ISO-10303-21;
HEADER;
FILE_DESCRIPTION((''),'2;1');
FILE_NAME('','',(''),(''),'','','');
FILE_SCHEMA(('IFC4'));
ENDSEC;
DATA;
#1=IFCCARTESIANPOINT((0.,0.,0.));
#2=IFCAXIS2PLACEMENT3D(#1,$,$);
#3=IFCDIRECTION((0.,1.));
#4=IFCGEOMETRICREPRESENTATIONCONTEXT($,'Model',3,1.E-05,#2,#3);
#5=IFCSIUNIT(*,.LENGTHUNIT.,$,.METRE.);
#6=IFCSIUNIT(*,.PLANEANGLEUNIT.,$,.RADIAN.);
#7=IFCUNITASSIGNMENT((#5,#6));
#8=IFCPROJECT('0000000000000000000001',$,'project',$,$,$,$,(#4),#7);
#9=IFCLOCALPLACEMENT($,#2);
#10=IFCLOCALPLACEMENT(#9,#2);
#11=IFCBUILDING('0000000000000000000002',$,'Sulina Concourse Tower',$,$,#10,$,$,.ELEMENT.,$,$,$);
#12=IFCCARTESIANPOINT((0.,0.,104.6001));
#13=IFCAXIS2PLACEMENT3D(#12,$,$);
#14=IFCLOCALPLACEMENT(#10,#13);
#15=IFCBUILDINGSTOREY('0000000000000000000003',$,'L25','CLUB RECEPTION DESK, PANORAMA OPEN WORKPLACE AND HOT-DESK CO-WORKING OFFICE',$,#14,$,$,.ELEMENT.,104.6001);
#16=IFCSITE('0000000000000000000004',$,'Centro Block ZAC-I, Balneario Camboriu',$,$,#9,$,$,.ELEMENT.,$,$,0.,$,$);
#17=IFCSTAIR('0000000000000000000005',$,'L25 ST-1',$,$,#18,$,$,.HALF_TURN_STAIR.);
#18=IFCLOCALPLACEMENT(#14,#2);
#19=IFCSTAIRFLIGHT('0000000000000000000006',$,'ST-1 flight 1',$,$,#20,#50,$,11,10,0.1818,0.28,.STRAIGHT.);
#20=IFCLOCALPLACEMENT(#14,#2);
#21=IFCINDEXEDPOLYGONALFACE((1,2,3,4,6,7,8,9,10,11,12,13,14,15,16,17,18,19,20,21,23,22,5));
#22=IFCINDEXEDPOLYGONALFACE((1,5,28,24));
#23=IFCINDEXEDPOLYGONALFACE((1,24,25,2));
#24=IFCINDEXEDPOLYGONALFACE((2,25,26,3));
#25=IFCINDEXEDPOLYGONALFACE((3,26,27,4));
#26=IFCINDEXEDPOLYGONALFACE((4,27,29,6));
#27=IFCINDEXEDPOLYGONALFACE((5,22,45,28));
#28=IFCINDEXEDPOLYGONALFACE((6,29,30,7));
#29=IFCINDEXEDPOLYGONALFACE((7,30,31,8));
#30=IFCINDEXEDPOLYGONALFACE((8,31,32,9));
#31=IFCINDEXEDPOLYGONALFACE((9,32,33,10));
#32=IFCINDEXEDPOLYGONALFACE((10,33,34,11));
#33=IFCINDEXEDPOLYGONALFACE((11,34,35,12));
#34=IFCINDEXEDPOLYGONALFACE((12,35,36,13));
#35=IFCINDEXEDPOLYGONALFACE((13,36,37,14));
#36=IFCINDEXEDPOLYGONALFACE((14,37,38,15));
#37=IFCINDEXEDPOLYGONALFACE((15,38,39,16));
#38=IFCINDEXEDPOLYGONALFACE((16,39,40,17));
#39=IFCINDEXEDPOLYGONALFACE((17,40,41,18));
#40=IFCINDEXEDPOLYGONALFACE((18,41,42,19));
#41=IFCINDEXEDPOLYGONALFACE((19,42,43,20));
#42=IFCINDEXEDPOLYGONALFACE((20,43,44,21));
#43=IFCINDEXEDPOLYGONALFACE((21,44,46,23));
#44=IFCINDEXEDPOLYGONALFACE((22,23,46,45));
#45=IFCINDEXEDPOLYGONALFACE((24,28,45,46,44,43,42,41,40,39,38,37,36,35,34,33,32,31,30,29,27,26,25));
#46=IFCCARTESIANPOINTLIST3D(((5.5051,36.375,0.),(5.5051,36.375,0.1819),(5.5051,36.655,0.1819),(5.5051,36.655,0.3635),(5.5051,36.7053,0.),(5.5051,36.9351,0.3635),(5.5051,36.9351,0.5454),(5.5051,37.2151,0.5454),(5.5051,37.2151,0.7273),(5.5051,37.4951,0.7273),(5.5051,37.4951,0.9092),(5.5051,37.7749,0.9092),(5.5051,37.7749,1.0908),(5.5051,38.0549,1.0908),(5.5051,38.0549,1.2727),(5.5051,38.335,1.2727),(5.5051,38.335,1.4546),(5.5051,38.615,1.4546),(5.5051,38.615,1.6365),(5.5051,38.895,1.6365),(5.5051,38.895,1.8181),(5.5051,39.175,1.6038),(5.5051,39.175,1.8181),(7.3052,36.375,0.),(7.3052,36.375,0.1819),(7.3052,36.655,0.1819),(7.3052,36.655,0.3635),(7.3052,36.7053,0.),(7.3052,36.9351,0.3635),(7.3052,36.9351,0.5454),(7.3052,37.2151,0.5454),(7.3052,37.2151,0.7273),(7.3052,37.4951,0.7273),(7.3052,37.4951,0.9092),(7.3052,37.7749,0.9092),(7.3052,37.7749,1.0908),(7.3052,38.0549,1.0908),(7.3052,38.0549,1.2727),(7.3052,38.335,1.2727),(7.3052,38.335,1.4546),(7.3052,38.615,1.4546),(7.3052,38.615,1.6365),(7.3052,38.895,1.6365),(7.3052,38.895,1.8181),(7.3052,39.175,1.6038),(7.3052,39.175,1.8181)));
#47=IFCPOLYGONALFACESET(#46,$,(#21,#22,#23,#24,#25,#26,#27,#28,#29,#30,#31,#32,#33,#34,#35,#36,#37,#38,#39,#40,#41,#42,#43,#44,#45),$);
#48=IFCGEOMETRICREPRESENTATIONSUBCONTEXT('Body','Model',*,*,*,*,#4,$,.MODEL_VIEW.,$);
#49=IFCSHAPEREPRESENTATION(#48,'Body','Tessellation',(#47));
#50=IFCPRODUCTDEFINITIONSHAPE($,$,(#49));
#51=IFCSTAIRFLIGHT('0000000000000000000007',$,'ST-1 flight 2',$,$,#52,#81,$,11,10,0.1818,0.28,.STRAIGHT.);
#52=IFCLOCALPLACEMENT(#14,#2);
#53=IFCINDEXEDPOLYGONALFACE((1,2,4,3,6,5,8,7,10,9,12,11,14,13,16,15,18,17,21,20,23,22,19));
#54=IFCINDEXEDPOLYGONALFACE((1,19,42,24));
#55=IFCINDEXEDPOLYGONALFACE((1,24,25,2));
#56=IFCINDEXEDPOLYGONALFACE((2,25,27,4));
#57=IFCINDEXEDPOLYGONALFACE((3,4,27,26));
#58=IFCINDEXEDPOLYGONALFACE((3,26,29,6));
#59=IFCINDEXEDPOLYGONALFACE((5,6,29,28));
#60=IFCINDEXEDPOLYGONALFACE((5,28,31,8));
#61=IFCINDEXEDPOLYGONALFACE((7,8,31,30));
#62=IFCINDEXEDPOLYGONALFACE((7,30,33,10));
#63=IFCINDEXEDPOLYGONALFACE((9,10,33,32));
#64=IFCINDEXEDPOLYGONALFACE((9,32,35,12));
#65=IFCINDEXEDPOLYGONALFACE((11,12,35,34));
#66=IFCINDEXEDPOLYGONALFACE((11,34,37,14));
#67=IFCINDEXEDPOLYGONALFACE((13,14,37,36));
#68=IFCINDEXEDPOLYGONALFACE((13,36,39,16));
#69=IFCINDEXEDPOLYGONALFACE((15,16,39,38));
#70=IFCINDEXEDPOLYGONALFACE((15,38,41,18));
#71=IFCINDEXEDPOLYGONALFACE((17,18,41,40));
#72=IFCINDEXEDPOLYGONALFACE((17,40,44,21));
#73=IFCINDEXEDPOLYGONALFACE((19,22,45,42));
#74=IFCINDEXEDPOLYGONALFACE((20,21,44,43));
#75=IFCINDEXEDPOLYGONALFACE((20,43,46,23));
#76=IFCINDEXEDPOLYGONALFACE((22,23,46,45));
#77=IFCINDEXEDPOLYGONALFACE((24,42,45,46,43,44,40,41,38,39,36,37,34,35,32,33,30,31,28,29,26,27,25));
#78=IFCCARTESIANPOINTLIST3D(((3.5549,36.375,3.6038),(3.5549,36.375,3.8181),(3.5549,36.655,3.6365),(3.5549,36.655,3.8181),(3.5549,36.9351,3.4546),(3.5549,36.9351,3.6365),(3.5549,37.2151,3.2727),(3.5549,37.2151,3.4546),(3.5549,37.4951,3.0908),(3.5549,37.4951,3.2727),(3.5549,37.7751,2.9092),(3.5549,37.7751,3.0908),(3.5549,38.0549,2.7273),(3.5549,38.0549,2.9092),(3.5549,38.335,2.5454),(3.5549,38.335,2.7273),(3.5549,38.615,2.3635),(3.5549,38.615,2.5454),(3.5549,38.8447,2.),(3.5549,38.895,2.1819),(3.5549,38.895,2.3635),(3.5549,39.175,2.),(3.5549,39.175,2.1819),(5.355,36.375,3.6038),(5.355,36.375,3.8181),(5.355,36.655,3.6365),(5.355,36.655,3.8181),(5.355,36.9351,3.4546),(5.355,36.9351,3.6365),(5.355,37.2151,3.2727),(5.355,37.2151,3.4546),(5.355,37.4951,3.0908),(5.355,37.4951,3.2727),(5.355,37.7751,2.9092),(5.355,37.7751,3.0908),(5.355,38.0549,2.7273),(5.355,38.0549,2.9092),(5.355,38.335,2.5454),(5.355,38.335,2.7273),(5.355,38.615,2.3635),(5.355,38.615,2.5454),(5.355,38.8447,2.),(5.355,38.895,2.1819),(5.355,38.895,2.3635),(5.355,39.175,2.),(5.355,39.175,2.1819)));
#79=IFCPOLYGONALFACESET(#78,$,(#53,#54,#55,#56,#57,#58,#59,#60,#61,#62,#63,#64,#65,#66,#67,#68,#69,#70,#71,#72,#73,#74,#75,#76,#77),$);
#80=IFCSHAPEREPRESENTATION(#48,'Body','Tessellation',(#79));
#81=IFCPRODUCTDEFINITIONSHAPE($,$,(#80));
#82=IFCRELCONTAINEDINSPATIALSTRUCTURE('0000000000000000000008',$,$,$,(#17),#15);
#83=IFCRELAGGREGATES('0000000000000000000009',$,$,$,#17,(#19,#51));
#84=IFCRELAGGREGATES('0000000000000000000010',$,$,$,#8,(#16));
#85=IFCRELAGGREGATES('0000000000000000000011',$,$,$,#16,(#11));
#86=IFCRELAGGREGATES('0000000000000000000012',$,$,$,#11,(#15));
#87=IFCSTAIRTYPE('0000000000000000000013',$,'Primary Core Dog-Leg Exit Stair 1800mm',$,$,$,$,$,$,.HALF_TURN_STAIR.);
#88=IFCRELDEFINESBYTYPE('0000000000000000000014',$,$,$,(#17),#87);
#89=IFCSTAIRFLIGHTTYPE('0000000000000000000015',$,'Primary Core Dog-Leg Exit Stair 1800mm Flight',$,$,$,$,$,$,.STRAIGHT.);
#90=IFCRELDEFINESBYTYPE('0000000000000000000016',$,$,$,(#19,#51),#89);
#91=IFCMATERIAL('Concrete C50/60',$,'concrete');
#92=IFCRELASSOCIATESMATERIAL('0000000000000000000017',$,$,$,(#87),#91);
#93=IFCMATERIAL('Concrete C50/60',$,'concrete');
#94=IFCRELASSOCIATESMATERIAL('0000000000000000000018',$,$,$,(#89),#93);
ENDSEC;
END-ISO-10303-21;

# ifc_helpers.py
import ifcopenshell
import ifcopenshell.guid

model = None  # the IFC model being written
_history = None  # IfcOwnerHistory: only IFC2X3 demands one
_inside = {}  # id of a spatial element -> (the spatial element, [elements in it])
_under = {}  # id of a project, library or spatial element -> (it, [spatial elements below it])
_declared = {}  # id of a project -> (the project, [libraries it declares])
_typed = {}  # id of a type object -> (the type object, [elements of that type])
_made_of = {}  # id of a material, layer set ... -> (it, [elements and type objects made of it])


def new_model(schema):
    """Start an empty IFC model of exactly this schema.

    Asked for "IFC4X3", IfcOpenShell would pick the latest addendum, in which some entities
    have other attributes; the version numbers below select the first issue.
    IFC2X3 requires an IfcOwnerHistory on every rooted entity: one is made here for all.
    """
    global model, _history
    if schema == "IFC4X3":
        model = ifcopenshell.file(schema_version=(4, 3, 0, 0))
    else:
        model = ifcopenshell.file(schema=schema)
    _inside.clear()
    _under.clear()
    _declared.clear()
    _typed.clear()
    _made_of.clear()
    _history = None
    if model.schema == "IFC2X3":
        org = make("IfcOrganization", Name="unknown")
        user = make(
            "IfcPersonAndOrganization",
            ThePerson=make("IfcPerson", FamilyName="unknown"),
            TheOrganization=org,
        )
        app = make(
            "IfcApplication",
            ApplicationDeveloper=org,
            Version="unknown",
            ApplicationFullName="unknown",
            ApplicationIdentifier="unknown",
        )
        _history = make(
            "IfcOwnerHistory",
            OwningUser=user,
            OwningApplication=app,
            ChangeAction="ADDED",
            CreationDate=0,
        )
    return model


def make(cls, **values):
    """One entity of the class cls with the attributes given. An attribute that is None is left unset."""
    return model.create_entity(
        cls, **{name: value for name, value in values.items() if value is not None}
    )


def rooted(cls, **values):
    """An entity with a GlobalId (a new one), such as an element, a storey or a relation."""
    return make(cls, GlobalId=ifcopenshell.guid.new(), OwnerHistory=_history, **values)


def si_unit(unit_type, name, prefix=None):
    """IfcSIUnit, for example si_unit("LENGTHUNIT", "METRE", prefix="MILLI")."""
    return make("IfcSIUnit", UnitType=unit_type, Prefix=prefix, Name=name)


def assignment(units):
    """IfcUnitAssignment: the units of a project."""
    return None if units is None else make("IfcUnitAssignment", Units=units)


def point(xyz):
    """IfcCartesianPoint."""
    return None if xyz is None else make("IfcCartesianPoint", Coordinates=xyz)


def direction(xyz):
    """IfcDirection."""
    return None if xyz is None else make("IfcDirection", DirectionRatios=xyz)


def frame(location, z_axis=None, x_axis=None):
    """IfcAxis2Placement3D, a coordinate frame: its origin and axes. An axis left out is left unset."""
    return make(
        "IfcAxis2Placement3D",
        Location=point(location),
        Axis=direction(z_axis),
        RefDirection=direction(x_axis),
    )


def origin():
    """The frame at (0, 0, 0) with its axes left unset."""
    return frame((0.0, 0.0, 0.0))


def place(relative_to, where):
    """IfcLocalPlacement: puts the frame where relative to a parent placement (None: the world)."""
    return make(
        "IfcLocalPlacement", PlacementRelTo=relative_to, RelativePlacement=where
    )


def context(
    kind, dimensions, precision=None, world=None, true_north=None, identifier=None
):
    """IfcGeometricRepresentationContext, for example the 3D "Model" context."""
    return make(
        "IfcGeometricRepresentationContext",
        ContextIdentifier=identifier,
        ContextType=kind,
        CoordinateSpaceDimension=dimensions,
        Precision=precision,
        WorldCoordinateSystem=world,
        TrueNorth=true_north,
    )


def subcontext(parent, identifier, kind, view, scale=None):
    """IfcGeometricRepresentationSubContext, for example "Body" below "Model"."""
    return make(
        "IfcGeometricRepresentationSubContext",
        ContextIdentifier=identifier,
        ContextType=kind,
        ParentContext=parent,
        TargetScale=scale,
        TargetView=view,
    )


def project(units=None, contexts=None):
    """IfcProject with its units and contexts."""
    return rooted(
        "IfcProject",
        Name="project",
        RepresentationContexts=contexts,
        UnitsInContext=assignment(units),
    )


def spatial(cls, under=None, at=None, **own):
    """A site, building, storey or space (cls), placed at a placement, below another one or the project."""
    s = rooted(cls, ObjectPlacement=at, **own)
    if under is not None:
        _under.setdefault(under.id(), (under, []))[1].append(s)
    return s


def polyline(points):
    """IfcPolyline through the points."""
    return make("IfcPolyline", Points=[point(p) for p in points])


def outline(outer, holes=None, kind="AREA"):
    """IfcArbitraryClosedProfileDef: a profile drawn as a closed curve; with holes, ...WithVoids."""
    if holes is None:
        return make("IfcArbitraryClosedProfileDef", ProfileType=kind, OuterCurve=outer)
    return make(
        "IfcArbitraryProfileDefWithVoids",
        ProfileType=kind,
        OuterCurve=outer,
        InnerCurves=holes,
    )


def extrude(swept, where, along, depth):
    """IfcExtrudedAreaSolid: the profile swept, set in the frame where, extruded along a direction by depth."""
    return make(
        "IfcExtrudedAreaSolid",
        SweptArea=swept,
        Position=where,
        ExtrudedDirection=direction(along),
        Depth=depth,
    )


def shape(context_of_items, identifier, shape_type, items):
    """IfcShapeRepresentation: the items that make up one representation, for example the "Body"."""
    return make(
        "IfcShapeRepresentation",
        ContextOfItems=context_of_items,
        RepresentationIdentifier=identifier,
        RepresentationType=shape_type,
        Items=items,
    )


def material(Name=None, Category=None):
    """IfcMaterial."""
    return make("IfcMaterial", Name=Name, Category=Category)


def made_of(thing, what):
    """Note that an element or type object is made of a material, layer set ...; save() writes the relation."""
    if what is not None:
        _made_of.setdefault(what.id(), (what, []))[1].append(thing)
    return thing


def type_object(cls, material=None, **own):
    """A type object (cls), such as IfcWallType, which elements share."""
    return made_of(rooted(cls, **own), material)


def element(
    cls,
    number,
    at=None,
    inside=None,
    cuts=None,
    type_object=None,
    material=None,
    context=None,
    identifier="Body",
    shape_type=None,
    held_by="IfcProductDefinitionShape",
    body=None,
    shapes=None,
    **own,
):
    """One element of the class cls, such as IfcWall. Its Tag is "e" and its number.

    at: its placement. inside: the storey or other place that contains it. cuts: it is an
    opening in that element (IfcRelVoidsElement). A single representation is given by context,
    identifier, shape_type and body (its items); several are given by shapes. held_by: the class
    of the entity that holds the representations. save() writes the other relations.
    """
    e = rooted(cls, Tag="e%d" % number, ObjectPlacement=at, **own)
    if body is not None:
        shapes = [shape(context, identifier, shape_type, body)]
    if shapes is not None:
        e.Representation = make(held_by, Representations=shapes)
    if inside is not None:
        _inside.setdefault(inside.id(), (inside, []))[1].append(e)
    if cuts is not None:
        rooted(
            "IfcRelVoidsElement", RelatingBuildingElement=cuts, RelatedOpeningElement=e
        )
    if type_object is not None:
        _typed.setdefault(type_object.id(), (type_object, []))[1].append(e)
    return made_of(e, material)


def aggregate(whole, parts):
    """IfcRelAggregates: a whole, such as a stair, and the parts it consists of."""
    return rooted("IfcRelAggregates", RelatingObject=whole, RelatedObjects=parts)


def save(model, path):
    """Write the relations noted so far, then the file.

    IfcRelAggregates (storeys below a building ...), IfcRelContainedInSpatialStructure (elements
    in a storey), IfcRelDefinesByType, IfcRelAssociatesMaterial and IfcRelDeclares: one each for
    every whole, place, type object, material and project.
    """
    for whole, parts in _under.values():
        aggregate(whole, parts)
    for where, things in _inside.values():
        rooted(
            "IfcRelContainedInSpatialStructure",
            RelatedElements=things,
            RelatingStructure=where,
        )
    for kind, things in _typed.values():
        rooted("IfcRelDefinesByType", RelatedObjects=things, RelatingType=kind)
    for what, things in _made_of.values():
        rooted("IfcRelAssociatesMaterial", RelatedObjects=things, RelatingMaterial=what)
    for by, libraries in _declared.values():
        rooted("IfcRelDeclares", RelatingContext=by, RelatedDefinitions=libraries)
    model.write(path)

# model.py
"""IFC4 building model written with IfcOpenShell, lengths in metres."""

from ifc_helpers import new_model, si_unit, direction, frame, origin, place, context, subcontext, project, spatial, polyline, outline, extrude, material, type_object, element, aggregate, save


model = new_model("IFC4")

# Units and contexts
model_context = context("Model", 3, precision=1e-05, world=origin(), true_north=direction((0.0, 1.0)))
body_context = subcontext(model_context, "Body", "Model", "MODEL_VIEW")
ifc_project = project(units=[si_unit("LENGTHUNIT", "METRE"), si_unit("PLANEANGLEUNIT", "RADIAN")], contexts=[model_context])

# Site, building, storey
site_placement = place(None, origin())
site = spatial("IfcSite", under=ifc_project, at=site_placement, Name="Centro Block ZAC-I, Balneario Camboriu", CompositionType="ELEMENT", RefElevation=0.0)
building_placement = place(site_placement, origin())
building = spatial("IfcBuilding", under=site, at=building_placement, Name="Sulina Concourse Tower", CompositionType="ELEMENT")
storey_placement = place(building_placement, frame((0.0, 0.0, 104.6001)))
storey = spatial("IfcBuildingStorey", under=building, at=storey_placement, Name="L25", Description="CLUB RECEPTION DESK, PANORAMA OPEN WORKPLACE AND HOT-DESK CO-WORKING OFFICE", CompositionType="ELEMENT", Elevation=104.6001)

# Stair, stair flights
ifc_material_1 = material(Name="Concrete C50/60", Category="concrete")
stair_type = type_object("IfcStairType", Name="Primary Core Dog-Leg Exit Stair 1800mm", PredefinedType="HALF_TURN_STAIR", material=ifc_material_1)
stair_placement = place(storey_placement, origin())
stair = element("IfcStair", 1, at=stair_placement, inside=storey, type_object=stair_type, Name="L25 ST-1", PredefinedType="HALF_TURN_STAIR")
ifc_material_2 = material(Name="Concrete C50/60", Category="concrete")
stair_flight_type = type_object("IfcStairFlightType", Name="Primary Core Dog-Leg Exit Stair 1800mm Flight", PredefinedType="STRAIGHT", material=ifc_material_2)
stair_flight_1_placement = place(storey_placement, frame((6.405, 36.375, 0.0), z_axis=(0.0, 0.0, 1.0), x_axis=(0.0, 1.0, 0.0)))
stair_flight_1 = element("IfcStairFlight", 2, at=stair_flight_1_placement, type_object=stair_flight_type, Name="ST-1 flight 1", NumberOfRisers=11, NumberOfTreads=10, PredefinedType="STRAIGHT", RiserHeight=0.1818, TreadLength=0.28, context=body_context, shape_type="SweptSolid", body=[
    extrude(outline(polyline([(0.0, 0.0), (0.0, 0.1819), (0.28, 0.1819), (0.28, 0.3635), (0.5601, 0.3635), (0.5601, 0.5454), (0.8401, 0.5454), (0.8401, 0.7273), (1.1201, 0.7273), (1.1201, 0.9092), (1.3999, 0.9092), (1.3999, 1.0908), (1.6799, 1.0908), (1.6799, 1.2727), (1.96, 1.2727), (1.96, 1.4546), (2.24, 1.4546), (2.24, 1.6365), (2.52, 1.6365), (2.52, 1.8181), (2.8, 1.8181), (2.8, 2.0), (2.8, 1.6038), (0.3303, 0.0), (0.0, 0.0)])), frame((0.0, 0.8999, 0.0), z_axis=(0.0, -1.0, 0.0), x_axis=(1.0, 0.0, 0.0)), (0.0, 0.0, 1.0), 1.8),
])
stair_flight_2_placement = place(storey_placement, frame((4.4551, 39.175, 2.0), z_axis=(0.0, 0.0, 1.0), x_axis=(0.0, -1.0, 0.0)))
stair_flight_2 = element("IfcStairFlight", 3, at=stair_flight_2_placement, type_object=stair_flight_type, Name="ST-1 flight 2", NumberOfRisers=11, NumberOfTreads=10, PredefinedType="STRAIGHT", RiserHeight=0.1818, TreadLength=0.28, context=body_context, shape_type="SweptSolid", body=[
    extrude(outline(polyline([(0.0, 0.0), (0.0, 0.1819), (0.28, 0.1819), (0.28, 0.3635), (0.5601, 0.3635), (0.5601, 0.5454), (0.8401, 0.5454), (0.8401, 0.7273), (1.1201, 0.7273), (1.1201, 0.9092), (1.3999, 0.9092), (1.3999, 1.0908), (1.6799, 1.0908), (1.6799, 1.2727), (1.96, 1.2727), (1.96, 1.4546), (2.24, 1.4546), (2.24, 1.6365), (2.52, 1.6365), (2.52, 1.8181), (2.8, 1.8181), (2.8, 2.0), (2.8, 1.6038), (0.3303, 0.0), (0.0, 0.0)])), frame((0.0, 0.8999, 0.0), z_axis=(0.0, -1.0, 0.0), x_axis=(1.0, 0.0, 0.0)), (0.0, 0.0, 1.0), 1.8),
])
aggregate(stair, [stair_flight_1, stair_flight_2])

save(model, "model.ifc")
